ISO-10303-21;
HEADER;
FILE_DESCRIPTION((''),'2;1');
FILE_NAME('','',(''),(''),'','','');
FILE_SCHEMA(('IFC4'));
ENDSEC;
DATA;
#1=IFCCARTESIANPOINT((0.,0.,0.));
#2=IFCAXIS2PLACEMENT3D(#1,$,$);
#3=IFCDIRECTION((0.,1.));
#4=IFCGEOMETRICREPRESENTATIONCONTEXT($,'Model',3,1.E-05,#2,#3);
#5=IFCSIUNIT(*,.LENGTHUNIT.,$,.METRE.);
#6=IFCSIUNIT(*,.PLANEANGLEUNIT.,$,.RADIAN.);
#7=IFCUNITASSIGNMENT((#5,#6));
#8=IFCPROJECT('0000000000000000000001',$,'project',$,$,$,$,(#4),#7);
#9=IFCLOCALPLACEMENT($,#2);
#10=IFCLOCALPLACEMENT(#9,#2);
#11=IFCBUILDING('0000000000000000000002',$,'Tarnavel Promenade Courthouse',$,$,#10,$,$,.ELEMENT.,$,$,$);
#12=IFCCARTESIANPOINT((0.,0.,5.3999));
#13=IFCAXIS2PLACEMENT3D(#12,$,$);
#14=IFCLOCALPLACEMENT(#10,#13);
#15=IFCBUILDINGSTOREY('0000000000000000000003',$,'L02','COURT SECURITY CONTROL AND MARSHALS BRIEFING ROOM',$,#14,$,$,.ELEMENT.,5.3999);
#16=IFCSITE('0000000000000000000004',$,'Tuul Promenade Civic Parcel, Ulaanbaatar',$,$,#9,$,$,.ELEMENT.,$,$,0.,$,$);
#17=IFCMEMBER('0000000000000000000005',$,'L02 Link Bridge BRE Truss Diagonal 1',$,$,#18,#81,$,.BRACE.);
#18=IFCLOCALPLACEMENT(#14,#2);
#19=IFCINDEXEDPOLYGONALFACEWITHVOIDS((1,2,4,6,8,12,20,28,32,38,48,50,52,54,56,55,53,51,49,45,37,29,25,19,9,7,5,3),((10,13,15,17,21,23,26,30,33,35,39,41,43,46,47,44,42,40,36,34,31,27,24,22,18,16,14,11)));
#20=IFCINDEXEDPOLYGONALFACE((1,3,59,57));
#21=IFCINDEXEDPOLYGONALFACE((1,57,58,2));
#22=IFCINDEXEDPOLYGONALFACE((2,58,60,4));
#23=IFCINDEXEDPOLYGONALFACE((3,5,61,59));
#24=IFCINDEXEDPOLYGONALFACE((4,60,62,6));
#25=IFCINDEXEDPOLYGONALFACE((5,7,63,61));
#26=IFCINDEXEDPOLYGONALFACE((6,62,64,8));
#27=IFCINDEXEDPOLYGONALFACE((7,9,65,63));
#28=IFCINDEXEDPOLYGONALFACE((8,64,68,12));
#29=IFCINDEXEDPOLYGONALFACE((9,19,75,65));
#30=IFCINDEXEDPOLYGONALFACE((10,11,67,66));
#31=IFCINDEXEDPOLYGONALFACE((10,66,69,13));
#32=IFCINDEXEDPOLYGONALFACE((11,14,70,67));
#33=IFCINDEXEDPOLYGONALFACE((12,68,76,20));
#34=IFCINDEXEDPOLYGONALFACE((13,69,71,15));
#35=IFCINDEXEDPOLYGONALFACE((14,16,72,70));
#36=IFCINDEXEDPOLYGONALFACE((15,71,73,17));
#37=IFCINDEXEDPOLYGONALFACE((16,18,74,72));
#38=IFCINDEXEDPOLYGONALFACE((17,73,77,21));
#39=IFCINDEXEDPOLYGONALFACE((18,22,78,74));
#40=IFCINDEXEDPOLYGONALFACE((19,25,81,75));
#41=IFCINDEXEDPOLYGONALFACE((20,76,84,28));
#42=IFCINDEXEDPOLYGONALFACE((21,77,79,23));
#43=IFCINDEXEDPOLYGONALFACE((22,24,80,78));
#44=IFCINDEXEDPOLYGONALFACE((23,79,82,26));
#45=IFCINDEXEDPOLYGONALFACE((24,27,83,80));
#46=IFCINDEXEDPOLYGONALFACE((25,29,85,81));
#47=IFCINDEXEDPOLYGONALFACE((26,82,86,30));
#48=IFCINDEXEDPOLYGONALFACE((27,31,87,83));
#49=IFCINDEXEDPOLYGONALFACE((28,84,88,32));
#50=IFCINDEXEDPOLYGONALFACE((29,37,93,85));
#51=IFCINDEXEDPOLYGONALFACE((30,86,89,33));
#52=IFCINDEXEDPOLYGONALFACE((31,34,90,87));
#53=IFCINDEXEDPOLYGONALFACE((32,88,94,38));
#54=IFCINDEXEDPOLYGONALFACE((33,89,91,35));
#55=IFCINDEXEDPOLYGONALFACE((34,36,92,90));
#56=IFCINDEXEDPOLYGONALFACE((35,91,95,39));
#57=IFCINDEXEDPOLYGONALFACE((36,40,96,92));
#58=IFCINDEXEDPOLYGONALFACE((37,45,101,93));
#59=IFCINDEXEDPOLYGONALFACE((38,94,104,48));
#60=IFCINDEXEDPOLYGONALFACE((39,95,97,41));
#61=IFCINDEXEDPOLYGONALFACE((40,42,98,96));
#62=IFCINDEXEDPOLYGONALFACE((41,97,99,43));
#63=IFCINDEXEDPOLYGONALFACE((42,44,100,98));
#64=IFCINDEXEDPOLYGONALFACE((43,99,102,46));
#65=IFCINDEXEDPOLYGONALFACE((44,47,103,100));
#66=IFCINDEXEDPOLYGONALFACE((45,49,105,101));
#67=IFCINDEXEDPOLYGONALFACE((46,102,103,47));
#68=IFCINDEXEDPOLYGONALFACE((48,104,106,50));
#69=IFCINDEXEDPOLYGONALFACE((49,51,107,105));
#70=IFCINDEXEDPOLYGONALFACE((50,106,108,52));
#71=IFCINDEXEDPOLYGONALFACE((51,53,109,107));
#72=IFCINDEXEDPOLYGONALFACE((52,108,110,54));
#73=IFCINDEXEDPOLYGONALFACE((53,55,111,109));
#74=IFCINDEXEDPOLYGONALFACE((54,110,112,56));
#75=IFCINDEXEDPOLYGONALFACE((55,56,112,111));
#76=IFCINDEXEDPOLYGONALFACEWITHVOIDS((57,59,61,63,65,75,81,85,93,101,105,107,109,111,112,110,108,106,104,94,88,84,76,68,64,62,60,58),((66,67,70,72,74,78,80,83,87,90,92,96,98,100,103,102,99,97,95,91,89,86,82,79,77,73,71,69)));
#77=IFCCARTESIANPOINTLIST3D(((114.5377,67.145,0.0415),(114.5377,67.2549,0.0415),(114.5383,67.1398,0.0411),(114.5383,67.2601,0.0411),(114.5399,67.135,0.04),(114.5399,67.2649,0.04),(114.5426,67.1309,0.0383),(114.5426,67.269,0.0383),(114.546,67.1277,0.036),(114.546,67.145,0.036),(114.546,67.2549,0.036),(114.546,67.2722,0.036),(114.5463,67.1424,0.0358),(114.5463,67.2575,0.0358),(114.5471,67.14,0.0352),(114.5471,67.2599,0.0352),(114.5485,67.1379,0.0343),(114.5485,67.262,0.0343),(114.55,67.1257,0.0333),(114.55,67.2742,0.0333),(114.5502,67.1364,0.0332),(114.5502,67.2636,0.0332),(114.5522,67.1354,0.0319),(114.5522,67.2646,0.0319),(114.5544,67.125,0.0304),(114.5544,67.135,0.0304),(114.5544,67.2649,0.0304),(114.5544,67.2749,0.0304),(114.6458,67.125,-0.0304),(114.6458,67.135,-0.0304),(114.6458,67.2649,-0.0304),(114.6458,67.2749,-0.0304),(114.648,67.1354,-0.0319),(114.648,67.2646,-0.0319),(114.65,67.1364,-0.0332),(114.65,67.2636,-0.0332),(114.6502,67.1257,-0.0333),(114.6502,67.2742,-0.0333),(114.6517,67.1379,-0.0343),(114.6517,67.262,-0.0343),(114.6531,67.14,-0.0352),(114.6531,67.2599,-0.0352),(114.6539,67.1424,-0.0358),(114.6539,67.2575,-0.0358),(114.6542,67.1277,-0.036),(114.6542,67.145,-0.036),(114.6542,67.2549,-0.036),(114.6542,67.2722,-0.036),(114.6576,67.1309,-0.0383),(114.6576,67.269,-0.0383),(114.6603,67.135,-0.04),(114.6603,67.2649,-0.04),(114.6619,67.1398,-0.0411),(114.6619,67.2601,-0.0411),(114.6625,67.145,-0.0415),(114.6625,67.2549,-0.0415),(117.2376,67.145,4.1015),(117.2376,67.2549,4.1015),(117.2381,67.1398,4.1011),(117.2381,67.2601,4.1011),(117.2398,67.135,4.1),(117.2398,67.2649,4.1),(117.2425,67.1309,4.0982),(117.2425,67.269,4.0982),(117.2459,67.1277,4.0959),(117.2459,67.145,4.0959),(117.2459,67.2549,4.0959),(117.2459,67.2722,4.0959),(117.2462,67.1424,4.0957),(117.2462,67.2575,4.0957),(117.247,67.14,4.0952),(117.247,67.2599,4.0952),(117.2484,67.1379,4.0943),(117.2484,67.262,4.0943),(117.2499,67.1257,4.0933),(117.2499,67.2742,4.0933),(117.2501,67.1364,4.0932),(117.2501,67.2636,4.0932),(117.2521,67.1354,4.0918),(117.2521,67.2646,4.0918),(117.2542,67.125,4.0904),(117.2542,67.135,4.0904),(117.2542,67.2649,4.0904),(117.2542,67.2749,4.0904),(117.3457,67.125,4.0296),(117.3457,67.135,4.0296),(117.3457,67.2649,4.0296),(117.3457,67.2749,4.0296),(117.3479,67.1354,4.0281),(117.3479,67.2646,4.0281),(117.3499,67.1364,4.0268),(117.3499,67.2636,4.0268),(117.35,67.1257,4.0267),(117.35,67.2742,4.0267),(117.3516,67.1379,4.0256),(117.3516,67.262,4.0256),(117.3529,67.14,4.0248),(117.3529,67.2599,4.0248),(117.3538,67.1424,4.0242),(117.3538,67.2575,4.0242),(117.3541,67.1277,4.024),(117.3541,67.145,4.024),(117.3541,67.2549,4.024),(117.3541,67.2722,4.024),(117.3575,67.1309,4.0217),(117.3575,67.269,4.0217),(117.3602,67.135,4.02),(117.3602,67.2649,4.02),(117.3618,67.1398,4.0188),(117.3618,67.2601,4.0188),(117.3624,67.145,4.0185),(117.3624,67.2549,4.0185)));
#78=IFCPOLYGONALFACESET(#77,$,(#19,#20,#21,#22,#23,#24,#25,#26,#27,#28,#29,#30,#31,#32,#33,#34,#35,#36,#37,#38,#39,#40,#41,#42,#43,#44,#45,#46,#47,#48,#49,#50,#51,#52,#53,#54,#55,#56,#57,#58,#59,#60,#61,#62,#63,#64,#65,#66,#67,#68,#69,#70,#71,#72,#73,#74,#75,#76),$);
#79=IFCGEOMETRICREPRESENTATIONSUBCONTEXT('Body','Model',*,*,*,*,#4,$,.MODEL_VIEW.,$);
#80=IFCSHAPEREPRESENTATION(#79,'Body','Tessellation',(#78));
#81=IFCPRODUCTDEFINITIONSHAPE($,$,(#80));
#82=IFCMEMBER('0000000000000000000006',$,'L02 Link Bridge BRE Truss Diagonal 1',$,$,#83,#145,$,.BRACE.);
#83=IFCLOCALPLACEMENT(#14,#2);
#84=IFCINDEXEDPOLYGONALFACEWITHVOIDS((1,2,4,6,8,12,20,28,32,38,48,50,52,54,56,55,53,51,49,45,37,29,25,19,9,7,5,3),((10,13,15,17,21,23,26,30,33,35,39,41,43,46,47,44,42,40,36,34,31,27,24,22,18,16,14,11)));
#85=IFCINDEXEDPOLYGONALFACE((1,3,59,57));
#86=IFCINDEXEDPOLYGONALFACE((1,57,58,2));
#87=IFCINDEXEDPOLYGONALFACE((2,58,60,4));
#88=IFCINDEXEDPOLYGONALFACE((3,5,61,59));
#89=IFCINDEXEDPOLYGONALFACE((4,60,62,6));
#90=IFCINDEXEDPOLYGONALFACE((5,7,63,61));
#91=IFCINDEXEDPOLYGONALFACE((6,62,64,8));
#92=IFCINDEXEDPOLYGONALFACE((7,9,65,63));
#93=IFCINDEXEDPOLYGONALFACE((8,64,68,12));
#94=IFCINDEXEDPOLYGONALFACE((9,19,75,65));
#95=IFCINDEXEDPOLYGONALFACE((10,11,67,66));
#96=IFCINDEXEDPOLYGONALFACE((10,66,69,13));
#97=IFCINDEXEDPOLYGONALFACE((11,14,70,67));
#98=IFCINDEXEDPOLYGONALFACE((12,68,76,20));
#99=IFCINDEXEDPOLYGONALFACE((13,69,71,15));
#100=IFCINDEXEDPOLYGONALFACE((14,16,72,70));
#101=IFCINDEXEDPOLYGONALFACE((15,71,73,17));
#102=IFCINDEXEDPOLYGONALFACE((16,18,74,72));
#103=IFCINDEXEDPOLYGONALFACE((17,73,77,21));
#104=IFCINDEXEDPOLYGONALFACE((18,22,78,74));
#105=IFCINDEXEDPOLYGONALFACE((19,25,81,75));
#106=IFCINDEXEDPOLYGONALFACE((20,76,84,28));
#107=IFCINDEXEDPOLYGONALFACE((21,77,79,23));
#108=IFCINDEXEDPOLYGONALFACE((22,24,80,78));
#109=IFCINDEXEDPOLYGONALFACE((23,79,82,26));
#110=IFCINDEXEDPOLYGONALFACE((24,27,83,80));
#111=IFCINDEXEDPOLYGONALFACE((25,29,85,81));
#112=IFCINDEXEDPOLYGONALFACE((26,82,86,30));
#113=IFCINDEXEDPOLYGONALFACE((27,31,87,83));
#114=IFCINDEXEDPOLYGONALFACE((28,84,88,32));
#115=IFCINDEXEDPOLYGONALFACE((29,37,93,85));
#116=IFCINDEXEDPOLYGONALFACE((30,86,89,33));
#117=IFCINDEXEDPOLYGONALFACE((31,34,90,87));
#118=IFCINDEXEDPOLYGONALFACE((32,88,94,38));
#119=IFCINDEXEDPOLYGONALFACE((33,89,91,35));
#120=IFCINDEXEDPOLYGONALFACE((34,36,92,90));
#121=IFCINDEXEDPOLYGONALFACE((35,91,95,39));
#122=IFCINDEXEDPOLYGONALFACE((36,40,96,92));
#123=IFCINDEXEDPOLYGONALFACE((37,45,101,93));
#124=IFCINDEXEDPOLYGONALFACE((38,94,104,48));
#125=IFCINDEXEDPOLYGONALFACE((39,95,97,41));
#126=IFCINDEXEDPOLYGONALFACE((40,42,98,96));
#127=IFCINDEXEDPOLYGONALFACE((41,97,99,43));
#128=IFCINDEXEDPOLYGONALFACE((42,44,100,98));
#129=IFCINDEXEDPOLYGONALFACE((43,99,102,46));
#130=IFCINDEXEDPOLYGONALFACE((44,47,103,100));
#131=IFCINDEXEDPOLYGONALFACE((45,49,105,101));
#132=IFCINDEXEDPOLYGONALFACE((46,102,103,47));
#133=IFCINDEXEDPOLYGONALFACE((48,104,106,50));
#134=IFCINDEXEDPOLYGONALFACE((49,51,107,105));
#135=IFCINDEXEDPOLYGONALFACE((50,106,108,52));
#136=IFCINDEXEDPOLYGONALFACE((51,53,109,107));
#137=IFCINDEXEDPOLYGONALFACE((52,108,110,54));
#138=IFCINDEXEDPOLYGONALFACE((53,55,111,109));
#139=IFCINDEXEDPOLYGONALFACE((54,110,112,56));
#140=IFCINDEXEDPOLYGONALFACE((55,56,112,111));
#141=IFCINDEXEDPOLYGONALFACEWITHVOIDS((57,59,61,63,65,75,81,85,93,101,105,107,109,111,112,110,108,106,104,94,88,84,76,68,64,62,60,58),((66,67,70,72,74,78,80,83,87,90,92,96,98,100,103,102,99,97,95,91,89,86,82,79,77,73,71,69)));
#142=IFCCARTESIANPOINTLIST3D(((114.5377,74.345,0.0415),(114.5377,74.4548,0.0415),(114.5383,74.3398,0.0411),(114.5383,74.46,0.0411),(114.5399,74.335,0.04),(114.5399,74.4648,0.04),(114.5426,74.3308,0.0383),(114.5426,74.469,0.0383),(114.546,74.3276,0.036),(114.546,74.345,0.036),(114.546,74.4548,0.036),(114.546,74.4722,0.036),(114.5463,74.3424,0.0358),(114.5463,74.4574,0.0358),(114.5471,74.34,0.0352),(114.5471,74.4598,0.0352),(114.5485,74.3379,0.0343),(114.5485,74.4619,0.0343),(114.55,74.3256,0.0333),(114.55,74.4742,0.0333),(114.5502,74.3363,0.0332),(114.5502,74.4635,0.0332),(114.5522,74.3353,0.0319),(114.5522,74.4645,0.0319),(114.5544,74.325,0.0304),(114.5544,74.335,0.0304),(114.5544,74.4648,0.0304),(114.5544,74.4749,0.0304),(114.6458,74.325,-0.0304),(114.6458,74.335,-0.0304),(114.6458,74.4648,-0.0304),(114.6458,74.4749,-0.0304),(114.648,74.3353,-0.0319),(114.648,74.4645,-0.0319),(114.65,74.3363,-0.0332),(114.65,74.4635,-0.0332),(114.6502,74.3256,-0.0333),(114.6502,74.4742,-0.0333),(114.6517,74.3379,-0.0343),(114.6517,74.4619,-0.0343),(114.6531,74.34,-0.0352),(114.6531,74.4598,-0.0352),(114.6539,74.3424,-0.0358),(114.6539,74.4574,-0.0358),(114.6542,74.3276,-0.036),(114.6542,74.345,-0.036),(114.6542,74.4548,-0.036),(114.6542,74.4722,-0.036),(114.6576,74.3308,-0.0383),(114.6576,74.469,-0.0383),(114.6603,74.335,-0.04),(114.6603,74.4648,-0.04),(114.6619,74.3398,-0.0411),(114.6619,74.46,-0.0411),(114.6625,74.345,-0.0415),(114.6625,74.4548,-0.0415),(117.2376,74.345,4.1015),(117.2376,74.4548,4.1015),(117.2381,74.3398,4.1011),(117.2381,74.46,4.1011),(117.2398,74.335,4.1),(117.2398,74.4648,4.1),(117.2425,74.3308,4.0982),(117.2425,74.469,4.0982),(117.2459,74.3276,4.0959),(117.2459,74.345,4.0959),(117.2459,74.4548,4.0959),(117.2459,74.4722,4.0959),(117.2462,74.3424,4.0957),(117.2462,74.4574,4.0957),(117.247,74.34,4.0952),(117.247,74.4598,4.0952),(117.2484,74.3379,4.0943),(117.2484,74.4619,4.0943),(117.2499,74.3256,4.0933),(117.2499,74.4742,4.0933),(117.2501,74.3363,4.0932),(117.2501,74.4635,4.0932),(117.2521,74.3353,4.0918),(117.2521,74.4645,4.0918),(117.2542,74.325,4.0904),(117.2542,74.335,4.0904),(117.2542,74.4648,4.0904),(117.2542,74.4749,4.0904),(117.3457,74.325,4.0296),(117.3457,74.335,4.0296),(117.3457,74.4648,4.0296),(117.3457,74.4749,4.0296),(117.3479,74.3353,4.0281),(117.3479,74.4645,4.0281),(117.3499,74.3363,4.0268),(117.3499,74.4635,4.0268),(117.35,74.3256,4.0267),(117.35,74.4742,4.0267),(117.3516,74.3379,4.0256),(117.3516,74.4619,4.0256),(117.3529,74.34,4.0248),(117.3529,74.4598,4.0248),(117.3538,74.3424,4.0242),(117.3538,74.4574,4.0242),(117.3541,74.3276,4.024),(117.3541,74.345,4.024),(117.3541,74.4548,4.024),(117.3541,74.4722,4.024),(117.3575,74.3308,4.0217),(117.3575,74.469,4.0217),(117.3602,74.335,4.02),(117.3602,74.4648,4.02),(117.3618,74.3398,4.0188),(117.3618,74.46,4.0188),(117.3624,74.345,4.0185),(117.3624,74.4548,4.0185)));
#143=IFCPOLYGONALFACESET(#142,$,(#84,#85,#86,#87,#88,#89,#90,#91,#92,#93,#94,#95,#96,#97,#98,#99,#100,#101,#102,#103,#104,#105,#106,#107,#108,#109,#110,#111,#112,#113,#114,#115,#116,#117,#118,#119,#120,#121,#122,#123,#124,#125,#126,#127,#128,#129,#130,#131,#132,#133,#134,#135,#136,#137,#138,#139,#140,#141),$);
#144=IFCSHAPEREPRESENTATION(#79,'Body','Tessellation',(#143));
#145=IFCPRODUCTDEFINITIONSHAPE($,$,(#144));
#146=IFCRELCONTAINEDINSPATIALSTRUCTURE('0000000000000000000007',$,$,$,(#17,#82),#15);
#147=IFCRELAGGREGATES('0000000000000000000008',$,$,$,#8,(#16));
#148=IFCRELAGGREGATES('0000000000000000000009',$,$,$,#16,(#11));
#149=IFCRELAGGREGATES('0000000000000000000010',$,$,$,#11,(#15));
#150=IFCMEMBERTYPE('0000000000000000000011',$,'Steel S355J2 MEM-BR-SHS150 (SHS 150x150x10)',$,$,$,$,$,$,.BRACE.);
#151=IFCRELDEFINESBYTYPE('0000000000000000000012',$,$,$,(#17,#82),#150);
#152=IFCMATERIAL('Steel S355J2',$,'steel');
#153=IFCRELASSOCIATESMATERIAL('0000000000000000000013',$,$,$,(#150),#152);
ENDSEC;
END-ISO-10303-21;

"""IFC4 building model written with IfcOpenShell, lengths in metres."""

from ifc_helpers import new_model, si_unit, direction, frame, origin, origin_2d, place, context, subcontext, project, spatial, hollow_rectangle, extrude, material, material_profile, profile_set, type_object, element, save


model = new_model("IFC4")

# Units and contexts
model_context = context("Model", 3, precision=1e-05, world=origin(), true_north=direction((0.0, 1.0)))
body_context = subcontext(model_context, "Body", "Model", "MODEL_VIEW")
ifc_project = project(units=[si_unit("LENGTHUNIT", "METRE"), si_unit("PLANEANGLEUNIT", "RADIAN")], contexts=[model_context])

# Site, building, storey
site_placement = place(None, origin())
site = spatial("IfcSite", under=ifc_project, at=site_placement, Name="Tuul Promenade Civic Parcel, Ulaanbaatar", CompositionType="ELEMENT", RefElevation=0.0)
building_placement = place(site_placement, origin())
building = spatial("IfcBuilding", under=site, at=building_placement, Name="Tarnavel Promenade Courthouse", CompositionType="ELEMENT")
storey_placement = place(building_placement, frame((0.0, 0.0, 5.3999)))
storey = spatial("IfcBuildingStorey", under=building, at=storey_placement, Name="L02", Description="COURT SECURITY CONTROL AND MARSHALS BRIEFING ROOM", CompositionType="ELEMENT", Elevation=5.3999)

# Shared definitions
ifc_material_1 = material(Name="Steel S355J2", Category="steel")

# Members
ifc_material_profile_1 = material_profile(ifc_material_1, hollow_rectangle(XDim=0.1499, YDim=0.1499, WallThickness=0.01, InnerFilletRadius=0.01, OuterFilletRadius=0.02, at=origin_2d()), Name="SHS 150x150x10")
ifc_profile_set_1 = profile_set([ifc_material_profile_1], Name="Steel S355J2")
member_type_1 = type_object("IfcMemberType", Name="Steel S355J2 MEM-BR-SHS150 (SHS 150x150x10)", PredefinedType="BRACE", material=ifc_profile_set_1)
for number, where, z_axis, x_axis, name in (
    (1, (114.6001, 67.2, 0.0), (0.553741, 0.0, 0.832689), (0.0, 1.0, 0.0), "L02 Link Bridge BRE Truss Diagonal 1"),
    (2, (114.6001, 74.3999, 0.0), (0.553741, 0.0, 0.832689), (0.0, 1.0, 0.0), "L02 Link Bridge BRE Truss Diagonal 1"),
):
    element("IfcMember", number, at=place(storey_placement, frame(where, z_axis=z_axis, x_axis=x_axis)), inside=storey, type_object=member_type_1, Name=name, PredefinedType="BRACE", context=body_context, shape_type="SweptSolid", body=[
        extrude(hollow_rectangle(XDim=0.1499, YDim=0.1499, WallThickness=0.01, InnerFilletRadius=0.01, OuterFilletRadius=0.02, at=origin_2d()), origin(), (0.0, 0.0, 1.0), 4.8757),
    ])

save(model, "model.ifc")
